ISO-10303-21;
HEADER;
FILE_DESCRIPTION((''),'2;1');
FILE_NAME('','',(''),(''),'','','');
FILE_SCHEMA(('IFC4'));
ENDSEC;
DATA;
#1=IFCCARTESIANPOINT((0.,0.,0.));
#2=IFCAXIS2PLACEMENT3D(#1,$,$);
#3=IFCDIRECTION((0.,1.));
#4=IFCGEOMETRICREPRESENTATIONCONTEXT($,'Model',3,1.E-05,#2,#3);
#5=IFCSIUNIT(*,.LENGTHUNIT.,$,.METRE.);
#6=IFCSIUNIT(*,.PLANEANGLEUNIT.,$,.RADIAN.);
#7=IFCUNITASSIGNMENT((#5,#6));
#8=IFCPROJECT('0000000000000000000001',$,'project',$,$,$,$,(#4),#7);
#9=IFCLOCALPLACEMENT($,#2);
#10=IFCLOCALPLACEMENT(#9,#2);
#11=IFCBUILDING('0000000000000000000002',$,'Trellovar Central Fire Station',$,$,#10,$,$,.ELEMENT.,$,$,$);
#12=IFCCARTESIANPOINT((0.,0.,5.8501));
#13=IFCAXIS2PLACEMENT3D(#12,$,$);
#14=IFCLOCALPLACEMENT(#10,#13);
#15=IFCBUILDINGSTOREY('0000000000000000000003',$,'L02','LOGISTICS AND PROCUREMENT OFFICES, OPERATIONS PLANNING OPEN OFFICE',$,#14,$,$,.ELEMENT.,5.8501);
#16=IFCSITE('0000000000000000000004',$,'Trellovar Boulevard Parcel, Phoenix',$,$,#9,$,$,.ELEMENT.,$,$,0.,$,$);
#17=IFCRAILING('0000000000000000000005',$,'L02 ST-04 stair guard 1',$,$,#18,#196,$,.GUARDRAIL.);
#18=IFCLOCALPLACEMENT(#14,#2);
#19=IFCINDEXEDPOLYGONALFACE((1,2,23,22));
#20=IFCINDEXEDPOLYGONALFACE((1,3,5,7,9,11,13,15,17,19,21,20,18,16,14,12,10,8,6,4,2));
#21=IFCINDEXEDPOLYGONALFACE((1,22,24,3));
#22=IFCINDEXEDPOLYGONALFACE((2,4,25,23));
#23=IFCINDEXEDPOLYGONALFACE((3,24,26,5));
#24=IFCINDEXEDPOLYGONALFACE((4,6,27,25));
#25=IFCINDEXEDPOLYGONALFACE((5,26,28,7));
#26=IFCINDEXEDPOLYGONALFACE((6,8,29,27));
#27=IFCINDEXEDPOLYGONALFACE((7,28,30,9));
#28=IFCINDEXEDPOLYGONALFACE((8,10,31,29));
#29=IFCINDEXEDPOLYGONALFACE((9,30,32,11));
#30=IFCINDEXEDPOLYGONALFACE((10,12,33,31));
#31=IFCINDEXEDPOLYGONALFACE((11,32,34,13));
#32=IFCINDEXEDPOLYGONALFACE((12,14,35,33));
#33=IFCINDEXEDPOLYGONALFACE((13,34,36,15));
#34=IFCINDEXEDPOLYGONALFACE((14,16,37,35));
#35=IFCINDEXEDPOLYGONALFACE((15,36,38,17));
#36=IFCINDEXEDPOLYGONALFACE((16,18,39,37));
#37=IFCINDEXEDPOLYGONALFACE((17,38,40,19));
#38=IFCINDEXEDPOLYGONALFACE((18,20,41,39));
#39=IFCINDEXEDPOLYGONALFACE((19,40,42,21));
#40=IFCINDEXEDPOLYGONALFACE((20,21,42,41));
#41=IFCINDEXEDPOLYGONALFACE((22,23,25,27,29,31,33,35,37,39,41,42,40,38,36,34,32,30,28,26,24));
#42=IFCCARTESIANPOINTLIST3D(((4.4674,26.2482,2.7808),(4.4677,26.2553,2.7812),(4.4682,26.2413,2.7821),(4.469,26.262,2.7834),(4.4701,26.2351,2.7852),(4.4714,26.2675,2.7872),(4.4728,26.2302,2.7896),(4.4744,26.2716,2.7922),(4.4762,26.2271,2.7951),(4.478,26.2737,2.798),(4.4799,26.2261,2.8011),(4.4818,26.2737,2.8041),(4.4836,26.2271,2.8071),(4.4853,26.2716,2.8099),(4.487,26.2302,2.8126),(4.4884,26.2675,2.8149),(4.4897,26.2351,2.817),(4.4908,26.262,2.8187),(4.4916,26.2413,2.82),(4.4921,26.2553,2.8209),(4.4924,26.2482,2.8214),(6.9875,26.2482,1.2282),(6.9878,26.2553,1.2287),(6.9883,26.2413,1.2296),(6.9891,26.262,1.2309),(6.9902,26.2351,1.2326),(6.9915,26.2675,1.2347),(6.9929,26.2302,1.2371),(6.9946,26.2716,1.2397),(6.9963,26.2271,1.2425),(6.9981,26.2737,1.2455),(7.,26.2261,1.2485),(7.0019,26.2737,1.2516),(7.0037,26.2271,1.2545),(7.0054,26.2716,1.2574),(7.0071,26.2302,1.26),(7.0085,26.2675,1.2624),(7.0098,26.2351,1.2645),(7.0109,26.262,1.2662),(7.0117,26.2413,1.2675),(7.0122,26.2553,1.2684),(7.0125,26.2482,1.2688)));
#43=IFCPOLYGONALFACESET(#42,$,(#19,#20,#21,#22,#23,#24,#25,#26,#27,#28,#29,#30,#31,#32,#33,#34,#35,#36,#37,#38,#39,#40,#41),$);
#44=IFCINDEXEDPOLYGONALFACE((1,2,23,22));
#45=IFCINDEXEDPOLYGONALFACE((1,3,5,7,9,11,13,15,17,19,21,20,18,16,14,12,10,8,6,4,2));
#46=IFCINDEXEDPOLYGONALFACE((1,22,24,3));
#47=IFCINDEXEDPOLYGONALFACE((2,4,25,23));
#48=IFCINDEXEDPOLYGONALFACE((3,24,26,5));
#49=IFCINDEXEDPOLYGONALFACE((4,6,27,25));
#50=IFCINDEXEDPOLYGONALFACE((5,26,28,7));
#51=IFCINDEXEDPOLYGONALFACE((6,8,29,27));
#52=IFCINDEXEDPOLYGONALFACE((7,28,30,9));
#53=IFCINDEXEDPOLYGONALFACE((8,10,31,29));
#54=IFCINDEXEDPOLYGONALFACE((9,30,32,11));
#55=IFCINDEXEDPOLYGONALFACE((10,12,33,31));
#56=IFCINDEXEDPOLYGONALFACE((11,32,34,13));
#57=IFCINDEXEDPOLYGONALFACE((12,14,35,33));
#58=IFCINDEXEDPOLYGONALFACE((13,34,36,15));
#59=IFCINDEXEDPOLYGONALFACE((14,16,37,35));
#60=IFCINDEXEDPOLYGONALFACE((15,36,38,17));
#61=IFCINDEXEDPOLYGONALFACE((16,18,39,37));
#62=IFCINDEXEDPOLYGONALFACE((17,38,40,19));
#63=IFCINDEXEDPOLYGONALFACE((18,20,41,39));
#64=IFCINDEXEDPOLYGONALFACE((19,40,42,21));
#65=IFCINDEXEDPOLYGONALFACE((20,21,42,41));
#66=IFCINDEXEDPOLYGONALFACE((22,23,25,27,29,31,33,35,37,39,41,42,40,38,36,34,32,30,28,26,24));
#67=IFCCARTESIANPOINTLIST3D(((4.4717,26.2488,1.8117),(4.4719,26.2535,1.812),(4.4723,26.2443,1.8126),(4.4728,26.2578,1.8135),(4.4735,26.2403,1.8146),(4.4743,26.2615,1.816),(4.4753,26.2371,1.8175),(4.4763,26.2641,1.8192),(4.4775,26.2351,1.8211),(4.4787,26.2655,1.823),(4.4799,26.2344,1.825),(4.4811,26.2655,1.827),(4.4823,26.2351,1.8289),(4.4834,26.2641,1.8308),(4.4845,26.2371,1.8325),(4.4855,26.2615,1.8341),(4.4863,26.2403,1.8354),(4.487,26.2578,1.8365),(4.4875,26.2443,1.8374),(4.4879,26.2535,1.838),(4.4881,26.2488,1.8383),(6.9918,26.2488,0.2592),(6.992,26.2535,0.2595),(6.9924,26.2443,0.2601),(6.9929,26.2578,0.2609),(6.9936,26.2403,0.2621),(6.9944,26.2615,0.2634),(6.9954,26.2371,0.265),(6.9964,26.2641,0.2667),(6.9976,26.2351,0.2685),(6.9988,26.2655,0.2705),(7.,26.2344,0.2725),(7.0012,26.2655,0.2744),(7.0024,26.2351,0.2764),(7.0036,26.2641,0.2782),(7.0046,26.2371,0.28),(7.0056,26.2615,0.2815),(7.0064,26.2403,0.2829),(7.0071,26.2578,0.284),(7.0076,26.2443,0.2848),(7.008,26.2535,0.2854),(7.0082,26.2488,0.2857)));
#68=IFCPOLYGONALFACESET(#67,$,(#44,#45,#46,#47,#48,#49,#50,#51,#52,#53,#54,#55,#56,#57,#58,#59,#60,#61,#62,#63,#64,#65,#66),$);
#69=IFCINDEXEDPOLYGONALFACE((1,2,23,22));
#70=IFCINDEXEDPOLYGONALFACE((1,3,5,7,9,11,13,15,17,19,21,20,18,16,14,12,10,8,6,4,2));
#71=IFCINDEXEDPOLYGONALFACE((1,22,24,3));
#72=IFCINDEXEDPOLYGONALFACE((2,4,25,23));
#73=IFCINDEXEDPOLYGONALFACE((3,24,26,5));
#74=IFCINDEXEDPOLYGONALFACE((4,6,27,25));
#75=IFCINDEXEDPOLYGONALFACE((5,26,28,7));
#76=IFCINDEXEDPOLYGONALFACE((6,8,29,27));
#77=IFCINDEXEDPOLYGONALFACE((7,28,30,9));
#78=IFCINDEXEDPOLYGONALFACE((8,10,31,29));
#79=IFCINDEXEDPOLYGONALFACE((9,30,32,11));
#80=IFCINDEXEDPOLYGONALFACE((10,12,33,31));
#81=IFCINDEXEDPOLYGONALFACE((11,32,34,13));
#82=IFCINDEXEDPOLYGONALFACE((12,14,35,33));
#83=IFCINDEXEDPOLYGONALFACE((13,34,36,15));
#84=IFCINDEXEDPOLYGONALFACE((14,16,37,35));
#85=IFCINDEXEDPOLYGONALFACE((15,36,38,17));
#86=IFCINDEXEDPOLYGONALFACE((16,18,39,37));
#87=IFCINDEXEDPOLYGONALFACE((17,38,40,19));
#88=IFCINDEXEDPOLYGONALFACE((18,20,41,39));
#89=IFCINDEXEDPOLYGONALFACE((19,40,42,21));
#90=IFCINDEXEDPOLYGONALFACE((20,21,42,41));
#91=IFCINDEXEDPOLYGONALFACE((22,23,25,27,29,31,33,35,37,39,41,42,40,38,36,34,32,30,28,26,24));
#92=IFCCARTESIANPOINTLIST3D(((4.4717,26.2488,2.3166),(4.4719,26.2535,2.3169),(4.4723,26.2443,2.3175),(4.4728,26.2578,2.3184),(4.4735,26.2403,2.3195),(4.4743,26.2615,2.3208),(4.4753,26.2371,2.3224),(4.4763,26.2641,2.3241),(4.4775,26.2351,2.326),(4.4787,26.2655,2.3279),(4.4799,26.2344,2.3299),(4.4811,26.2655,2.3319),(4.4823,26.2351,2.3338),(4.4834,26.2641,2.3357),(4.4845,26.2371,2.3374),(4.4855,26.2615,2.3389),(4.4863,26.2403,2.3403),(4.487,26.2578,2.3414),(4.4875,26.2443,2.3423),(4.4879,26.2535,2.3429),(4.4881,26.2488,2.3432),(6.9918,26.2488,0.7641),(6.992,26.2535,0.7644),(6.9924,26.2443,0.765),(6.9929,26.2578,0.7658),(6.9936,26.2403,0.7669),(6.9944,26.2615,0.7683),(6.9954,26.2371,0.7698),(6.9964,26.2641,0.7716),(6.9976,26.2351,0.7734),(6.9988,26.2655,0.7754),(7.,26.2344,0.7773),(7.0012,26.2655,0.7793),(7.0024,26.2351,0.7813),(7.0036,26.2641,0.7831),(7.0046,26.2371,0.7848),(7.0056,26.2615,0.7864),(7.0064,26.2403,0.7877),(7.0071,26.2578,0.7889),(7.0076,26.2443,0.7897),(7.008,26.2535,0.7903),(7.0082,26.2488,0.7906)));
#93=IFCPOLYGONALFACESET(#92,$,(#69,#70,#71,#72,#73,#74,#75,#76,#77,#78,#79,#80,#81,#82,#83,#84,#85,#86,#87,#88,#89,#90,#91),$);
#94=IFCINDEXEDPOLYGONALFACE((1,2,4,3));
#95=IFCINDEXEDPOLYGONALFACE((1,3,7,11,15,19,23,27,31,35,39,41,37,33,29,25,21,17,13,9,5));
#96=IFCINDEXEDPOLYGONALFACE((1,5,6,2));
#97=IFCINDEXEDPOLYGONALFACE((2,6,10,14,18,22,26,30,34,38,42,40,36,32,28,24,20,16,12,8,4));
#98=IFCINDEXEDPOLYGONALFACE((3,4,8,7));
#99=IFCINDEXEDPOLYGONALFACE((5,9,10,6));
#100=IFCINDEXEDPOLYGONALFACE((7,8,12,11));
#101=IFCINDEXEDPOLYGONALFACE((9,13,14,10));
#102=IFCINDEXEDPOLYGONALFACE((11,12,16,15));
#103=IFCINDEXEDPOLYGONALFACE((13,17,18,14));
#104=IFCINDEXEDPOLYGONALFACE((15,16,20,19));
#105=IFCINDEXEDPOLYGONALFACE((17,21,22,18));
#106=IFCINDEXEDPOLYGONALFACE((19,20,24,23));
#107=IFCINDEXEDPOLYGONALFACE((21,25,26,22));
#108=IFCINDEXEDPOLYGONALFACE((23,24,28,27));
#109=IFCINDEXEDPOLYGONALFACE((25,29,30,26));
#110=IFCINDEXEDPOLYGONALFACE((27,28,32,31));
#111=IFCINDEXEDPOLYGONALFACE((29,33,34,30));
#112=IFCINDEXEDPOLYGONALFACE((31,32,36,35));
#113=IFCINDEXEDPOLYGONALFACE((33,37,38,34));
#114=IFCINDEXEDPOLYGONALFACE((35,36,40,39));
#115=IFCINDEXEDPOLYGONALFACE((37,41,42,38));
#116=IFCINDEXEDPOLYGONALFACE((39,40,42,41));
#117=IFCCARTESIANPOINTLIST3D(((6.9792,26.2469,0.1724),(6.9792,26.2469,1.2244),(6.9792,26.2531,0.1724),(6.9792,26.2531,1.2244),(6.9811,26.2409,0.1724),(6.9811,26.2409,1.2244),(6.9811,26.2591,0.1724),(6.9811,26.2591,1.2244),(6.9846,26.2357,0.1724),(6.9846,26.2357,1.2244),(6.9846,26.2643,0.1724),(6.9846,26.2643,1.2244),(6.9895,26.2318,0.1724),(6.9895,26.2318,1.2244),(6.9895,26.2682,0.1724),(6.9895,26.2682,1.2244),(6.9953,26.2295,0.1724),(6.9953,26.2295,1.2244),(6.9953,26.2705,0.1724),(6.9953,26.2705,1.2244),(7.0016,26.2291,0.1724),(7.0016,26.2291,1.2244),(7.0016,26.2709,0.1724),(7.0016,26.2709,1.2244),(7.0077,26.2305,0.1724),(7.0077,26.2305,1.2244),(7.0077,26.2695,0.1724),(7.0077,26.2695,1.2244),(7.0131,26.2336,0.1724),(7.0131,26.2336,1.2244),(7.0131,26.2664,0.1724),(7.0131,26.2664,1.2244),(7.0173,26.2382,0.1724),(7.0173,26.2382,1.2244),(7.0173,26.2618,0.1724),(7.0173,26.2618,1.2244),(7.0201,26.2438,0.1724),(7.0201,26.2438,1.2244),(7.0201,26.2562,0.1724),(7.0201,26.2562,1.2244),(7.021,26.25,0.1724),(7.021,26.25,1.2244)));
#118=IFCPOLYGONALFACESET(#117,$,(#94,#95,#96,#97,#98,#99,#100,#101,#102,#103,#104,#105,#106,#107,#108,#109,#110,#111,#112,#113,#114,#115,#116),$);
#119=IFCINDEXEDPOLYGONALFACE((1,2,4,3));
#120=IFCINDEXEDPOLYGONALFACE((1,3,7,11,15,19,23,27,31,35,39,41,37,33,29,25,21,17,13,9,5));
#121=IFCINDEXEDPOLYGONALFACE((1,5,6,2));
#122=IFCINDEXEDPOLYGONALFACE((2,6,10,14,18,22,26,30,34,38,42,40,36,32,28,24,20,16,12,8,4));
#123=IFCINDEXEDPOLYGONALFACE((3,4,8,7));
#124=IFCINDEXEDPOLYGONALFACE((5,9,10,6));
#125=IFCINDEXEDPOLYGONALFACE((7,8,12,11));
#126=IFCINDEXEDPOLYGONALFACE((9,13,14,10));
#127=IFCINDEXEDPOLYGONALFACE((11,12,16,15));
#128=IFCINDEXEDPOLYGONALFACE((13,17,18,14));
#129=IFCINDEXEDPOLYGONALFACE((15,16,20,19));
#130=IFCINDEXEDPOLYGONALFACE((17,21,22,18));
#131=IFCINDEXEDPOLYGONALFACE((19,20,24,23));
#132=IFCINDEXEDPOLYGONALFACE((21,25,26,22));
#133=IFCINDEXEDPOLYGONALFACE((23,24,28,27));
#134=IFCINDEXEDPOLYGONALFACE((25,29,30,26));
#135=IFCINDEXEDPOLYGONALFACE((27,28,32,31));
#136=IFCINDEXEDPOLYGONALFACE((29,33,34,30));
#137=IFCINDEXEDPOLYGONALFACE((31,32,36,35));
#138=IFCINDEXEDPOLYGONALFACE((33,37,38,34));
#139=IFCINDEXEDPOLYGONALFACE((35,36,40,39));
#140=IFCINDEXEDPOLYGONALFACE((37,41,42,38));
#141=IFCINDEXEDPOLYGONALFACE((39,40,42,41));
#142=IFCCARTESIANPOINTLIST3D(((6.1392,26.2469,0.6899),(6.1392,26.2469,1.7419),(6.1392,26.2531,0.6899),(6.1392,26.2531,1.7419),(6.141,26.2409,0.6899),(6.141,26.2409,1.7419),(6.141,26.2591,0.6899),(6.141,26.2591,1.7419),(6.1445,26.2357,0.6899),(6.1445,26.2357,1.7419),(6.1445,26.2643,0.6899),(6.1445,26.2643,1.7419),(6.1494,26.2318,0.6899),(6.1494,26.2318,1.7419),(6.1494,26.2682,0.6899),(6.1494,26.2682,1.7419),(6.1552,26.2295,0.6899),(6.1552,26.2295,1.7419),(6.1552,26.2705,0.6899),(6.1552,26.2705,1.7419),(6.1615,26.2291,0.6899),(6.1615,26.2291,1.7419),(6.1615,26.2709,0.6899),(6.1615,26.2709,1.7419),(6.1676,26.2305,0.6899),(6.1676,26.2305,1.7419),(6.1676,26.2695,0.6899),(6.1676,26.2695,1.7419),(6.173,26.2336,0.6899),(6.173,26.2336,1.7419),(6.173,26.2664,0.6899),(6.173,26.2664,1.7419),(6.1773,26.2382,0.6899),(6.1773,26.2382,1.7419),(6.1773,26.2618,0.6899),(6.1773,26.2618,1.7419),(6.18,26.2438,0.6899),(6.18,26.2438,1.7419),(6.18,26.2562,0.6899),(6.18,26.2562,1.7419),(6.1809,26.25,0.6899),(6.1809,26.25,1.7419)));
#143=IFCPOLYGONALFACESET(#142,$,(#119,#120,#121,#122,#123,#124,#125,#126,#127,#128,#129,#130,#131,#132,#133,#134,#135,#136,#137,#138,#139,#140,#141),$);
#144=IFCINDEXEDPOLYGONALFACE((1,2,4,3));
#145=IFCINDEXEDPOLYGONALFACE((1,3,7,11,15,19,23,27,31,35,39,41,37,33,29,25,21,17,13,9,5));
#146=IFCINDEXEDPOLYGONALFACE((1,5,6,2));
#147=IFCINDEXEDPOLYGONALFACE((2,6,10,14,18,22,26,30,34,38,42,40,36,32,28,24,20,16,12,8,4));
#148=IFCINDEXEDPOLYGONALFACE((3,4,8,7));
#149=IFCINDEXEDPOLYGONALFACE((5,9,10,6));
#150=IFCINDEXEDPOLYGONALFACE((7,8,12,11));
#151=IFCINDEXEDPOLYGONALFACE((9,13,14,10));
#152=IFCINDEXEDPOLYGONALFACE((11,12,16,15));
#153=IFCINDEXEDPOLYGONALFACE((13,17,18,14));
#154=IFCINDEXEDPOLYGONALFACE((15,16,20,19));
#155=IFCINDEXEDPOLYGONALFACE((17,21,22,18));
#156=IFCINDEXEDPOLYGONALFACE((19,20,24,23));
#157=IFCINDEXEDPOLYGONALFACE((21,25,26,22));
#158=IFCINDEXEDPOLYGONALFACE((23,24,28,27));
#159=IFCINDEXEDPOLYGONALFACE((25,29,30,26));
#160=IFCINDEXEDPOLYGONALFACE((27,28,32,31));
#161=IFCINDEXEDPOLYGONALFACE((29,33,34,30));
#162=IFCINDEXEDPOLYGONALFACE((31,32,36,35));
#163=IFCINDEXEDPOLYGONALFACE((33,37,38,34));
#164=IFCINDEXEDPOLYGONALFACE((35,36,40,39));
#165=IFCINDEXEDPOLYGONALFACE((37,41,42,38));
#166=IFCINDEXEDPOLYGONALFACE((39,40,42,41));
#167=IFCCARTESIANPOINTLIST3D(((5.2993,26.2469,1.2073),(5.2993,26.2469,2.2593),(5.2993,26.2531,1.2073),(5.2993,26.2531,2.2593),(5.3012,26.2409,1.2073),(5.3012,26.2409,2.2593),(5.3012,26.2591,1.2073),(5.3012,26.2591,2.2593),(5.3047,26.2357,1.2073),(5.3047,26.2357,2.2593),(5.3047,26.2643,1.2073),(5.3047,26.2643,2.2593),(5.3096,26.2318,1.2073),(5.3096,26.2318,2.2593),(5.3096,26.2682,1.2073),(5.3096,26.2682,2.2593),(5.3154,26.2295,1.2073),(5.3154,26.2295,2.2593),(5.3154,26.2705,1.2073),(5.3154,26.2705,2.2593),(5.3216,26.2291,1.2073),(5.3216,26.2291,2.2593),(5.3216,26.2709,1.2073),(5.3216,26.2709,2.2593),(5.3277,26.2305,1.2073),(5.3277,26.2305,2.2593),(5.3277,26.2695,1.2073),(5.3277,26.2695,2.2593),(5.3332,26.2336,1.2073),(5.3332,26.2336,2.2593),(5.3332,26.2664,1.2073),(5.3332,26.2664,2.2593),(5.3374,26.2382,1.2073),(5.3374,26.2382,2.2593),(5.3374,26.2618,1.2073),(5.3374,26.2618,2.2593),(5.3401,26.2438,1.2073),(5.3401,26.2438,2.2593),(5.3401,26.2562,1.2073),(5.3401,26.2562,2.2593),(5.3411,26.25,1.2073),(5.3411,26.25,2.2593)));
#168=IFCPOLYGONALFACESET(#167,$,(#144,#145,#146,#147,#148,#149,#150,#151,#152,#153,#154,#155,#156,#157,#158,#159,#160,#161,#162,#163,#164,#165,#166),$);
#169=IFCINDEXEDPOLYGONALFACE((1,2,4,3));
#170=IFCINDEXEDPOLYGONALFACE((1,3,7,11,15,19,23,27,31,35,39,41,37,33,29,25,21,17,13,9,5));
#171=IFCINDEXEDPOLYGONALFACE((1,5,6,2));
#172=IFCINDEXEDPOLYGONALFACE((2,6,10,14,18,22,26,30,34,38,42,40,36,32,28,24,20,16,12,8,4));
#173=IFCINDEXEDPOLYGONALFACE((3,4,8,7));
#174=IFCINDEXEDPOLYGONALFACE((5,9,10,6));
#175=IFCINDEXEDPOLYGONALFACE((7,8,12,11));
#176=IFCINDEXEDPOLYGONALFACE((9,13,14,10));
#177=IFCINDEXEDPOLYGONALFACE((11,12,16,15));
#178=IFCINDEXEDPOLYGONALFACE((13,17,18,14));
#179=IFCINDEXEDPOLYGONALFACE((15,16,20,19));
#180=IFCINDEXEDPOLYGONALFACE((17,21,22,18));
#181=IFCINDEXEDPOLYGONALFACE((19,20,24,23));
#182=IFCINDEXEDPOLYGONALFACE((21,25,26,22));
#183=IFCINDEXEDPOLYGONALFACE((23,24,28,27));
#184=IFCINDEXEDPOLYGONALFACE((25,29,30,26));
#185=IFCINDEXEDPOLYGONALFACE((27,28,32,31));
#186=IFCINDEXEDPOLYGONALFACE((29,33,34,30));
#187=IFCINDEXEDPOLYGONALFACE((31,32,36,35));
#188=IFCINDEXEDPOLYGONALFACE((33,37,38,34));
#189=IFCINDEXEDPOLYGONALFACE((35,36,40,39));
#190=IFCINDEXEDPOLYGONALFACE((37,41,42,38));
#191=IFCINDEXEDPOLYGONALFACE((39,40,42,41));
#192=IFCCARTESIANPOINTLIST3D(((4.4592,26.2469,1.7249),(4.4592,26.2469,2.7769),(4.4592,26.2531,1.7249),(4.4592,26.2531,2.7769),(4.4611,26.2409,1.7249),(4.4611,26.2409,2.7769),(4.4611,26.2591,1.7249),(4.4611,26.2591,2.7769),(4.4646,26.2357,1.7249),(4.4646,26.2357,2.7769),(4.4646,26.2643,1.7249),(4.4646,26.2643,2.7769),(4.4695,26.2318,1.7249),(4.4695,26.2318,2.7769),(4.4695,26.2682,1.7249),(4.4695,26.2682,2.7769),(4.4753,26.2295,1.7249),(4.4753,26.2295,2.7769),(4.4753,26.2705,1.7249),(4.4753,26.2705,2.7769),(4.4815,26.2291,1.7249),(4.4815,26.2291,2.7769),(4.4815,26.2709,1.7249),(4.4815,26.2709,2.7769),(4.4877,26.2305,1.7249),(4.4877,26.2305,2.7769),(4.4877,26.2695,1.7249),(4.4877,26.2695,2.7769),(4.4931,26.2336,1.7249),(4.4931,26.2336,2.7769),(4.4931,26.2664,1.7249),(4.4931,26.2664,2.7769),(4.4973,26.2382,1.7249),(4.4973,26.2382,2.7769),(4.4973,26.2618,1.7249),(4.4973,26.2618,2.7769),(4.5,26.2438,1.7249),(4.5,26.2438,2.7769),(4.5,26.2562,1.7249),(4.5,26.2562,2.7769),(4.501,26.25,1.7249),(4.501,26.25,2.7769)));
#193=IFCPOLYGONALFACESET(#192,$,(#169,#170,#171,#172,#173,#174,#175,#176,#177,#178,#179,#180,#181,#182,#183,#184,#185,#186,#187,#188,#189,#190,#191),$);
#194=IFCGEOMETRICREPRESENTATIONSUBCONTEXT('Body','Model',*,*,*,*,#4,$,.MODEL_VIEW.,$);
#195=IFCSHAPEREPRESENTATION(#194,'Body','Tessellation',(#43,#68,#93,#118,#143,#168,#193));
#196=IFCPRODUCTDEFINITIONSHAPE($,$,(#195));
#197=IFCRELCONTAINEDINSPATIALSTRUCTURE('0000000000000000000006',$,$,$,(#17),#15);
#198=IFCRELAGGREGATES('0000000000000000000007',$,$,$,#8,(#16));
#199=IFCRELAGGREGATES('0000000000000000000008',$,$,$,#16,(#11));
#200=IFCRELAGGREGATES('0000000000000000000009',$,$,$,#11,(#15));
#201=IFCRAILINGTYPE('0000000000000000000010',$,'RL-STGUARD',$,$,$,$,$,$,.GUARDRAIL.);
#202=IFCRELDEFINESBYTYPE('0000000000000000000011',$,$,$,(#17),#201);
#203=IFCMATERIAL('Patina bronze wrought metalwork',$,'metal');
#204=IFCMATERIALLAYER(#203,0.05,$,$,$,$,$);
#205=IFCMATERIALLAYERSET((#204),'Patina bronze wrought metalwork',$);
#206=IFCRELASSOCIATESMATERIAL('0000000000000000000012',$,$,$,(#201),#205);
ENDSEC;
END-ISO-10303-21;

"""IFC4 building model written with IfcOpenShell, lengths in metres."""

from ifc_helpers import new_model, si_unit, direction, frame, origin, origin_2d, place, context, subcontext, project, spatial, circle, extrude, material, layer, layer_set, type_object, element, save


model = new_model("IFC4")

# Units and contexts
model_context = context("Model", 3, precision=1e-05, world=origin(), true_north=direction((0.0, 1.0)))
body_context = subcontext(model_context, "Body", "Model", "MODEL_VIEW")
ifc_project = project(units=[si_unit("LENGTHUNIT", "METRE"), si_unit("PLANEANGLEUNIT", "RADIAN")], contexts=[model_context])

# Site, building, storey
site_placement = place(None, origin())
site = spatial("IfcSite", under=ifc_project, at=site_placement, Name="Trellovar Boulevard Parcel, Phoenix", CompositionType="ELEMENT", RefElevation=0.0)
building_placement = place(site_placement, origin())
building = spatial("IfcBuilding", under=site, at=building_placement, Name="Trellovar Central Fire Station", CompositionType="ELEMENT")
storey_placement = place(building_placement, frame((0.0, 0.0, 5.8501)))
storey = spatial("IfcBuildingStorey", under=building, at=storey_placement, Name="L02", Description="LOGISTICS AND PROCUREMENT OFFICES, OPERATIONS PLANNING OPEN OFFICE", CompositionType="ELEMENT", Elevation=5.8501)

# Railing
ifc_material_1 = material(Name="Patina bronze wrought metalwork", Category="metal")
ifc_layer_1 = layer(ifc_material_1, 0.05)
ifc_layer_set_1 = layer_set([ifc_layer_1], Name="Patina bronze wrought metalwork")
railing_type_1 = type_object("IfcRailingType", Name="RL-STGUARD", PredefinedType="GUARDRAIL", material=ifc_layer_set_1)
railing_1_placement = place(storey_placement, frame((7.0, 26.25, 0.1724)))
element("IfcRailing", 1, at=railing_1_placement, inside=storey, type_object=railing_type_1, Name="L02 ST-04 stair guard 1", PredefinedType="GUARDRAIL", context=body_context, shape_type="SweptSolid", body=[
    extrude(circle(Radius=0.0239, at=origin_2d()), frame((0.0, 0.0, 1.0762), z_axis=(-0.8514, 0.0, 0.524516), x_axis=(0.0, -1.0, 0.0)), (0.0, 0.0, 1.0), 2.96),
    extrude(circle(Radius=0.0156, at=origin_2d()), frame((0.0, 0.0, 0.1001), z_axis=(-0.8514, 0.0, 0.524516), x_axis=(0.0, -1.0, 0.0)), (0.0, 0.0, 1.0), 2.96),
    extrude(circle(Radius=0.0156, at=origin_2d()), frame((0.0, 0.0, 0.605), z_axis=(-0.8514, 0.0, 0.524516), x_axis=(0.0, -1.0, 0.0)), (0.0, 0.0, 1.0), 2.96),
    extrude(circle(Radius=0.021, at=origin_2d()), origin(), (0.0, 0.0, 1.0), 1.052),
    extrude(circle(Radius=0.021, at=origin_2d()), frame((-0.8401, 0.0, 0.5176)), (0.0, 0.0, 1.0), 1.052),
    extrude(circle(Radius=0.021, at=origin_2d()), frame((-1.6799, 0.0, 1.0349)), (0.0, 0.0, 1.0), 1.052),
    extrude(circle(Radius=0.021, at=origin_2d()), frame((-2.52, 0.0, 1.5525)), (0.0, 0.0, 1.0), 1.052),
])

save(model, "model.ifc")
